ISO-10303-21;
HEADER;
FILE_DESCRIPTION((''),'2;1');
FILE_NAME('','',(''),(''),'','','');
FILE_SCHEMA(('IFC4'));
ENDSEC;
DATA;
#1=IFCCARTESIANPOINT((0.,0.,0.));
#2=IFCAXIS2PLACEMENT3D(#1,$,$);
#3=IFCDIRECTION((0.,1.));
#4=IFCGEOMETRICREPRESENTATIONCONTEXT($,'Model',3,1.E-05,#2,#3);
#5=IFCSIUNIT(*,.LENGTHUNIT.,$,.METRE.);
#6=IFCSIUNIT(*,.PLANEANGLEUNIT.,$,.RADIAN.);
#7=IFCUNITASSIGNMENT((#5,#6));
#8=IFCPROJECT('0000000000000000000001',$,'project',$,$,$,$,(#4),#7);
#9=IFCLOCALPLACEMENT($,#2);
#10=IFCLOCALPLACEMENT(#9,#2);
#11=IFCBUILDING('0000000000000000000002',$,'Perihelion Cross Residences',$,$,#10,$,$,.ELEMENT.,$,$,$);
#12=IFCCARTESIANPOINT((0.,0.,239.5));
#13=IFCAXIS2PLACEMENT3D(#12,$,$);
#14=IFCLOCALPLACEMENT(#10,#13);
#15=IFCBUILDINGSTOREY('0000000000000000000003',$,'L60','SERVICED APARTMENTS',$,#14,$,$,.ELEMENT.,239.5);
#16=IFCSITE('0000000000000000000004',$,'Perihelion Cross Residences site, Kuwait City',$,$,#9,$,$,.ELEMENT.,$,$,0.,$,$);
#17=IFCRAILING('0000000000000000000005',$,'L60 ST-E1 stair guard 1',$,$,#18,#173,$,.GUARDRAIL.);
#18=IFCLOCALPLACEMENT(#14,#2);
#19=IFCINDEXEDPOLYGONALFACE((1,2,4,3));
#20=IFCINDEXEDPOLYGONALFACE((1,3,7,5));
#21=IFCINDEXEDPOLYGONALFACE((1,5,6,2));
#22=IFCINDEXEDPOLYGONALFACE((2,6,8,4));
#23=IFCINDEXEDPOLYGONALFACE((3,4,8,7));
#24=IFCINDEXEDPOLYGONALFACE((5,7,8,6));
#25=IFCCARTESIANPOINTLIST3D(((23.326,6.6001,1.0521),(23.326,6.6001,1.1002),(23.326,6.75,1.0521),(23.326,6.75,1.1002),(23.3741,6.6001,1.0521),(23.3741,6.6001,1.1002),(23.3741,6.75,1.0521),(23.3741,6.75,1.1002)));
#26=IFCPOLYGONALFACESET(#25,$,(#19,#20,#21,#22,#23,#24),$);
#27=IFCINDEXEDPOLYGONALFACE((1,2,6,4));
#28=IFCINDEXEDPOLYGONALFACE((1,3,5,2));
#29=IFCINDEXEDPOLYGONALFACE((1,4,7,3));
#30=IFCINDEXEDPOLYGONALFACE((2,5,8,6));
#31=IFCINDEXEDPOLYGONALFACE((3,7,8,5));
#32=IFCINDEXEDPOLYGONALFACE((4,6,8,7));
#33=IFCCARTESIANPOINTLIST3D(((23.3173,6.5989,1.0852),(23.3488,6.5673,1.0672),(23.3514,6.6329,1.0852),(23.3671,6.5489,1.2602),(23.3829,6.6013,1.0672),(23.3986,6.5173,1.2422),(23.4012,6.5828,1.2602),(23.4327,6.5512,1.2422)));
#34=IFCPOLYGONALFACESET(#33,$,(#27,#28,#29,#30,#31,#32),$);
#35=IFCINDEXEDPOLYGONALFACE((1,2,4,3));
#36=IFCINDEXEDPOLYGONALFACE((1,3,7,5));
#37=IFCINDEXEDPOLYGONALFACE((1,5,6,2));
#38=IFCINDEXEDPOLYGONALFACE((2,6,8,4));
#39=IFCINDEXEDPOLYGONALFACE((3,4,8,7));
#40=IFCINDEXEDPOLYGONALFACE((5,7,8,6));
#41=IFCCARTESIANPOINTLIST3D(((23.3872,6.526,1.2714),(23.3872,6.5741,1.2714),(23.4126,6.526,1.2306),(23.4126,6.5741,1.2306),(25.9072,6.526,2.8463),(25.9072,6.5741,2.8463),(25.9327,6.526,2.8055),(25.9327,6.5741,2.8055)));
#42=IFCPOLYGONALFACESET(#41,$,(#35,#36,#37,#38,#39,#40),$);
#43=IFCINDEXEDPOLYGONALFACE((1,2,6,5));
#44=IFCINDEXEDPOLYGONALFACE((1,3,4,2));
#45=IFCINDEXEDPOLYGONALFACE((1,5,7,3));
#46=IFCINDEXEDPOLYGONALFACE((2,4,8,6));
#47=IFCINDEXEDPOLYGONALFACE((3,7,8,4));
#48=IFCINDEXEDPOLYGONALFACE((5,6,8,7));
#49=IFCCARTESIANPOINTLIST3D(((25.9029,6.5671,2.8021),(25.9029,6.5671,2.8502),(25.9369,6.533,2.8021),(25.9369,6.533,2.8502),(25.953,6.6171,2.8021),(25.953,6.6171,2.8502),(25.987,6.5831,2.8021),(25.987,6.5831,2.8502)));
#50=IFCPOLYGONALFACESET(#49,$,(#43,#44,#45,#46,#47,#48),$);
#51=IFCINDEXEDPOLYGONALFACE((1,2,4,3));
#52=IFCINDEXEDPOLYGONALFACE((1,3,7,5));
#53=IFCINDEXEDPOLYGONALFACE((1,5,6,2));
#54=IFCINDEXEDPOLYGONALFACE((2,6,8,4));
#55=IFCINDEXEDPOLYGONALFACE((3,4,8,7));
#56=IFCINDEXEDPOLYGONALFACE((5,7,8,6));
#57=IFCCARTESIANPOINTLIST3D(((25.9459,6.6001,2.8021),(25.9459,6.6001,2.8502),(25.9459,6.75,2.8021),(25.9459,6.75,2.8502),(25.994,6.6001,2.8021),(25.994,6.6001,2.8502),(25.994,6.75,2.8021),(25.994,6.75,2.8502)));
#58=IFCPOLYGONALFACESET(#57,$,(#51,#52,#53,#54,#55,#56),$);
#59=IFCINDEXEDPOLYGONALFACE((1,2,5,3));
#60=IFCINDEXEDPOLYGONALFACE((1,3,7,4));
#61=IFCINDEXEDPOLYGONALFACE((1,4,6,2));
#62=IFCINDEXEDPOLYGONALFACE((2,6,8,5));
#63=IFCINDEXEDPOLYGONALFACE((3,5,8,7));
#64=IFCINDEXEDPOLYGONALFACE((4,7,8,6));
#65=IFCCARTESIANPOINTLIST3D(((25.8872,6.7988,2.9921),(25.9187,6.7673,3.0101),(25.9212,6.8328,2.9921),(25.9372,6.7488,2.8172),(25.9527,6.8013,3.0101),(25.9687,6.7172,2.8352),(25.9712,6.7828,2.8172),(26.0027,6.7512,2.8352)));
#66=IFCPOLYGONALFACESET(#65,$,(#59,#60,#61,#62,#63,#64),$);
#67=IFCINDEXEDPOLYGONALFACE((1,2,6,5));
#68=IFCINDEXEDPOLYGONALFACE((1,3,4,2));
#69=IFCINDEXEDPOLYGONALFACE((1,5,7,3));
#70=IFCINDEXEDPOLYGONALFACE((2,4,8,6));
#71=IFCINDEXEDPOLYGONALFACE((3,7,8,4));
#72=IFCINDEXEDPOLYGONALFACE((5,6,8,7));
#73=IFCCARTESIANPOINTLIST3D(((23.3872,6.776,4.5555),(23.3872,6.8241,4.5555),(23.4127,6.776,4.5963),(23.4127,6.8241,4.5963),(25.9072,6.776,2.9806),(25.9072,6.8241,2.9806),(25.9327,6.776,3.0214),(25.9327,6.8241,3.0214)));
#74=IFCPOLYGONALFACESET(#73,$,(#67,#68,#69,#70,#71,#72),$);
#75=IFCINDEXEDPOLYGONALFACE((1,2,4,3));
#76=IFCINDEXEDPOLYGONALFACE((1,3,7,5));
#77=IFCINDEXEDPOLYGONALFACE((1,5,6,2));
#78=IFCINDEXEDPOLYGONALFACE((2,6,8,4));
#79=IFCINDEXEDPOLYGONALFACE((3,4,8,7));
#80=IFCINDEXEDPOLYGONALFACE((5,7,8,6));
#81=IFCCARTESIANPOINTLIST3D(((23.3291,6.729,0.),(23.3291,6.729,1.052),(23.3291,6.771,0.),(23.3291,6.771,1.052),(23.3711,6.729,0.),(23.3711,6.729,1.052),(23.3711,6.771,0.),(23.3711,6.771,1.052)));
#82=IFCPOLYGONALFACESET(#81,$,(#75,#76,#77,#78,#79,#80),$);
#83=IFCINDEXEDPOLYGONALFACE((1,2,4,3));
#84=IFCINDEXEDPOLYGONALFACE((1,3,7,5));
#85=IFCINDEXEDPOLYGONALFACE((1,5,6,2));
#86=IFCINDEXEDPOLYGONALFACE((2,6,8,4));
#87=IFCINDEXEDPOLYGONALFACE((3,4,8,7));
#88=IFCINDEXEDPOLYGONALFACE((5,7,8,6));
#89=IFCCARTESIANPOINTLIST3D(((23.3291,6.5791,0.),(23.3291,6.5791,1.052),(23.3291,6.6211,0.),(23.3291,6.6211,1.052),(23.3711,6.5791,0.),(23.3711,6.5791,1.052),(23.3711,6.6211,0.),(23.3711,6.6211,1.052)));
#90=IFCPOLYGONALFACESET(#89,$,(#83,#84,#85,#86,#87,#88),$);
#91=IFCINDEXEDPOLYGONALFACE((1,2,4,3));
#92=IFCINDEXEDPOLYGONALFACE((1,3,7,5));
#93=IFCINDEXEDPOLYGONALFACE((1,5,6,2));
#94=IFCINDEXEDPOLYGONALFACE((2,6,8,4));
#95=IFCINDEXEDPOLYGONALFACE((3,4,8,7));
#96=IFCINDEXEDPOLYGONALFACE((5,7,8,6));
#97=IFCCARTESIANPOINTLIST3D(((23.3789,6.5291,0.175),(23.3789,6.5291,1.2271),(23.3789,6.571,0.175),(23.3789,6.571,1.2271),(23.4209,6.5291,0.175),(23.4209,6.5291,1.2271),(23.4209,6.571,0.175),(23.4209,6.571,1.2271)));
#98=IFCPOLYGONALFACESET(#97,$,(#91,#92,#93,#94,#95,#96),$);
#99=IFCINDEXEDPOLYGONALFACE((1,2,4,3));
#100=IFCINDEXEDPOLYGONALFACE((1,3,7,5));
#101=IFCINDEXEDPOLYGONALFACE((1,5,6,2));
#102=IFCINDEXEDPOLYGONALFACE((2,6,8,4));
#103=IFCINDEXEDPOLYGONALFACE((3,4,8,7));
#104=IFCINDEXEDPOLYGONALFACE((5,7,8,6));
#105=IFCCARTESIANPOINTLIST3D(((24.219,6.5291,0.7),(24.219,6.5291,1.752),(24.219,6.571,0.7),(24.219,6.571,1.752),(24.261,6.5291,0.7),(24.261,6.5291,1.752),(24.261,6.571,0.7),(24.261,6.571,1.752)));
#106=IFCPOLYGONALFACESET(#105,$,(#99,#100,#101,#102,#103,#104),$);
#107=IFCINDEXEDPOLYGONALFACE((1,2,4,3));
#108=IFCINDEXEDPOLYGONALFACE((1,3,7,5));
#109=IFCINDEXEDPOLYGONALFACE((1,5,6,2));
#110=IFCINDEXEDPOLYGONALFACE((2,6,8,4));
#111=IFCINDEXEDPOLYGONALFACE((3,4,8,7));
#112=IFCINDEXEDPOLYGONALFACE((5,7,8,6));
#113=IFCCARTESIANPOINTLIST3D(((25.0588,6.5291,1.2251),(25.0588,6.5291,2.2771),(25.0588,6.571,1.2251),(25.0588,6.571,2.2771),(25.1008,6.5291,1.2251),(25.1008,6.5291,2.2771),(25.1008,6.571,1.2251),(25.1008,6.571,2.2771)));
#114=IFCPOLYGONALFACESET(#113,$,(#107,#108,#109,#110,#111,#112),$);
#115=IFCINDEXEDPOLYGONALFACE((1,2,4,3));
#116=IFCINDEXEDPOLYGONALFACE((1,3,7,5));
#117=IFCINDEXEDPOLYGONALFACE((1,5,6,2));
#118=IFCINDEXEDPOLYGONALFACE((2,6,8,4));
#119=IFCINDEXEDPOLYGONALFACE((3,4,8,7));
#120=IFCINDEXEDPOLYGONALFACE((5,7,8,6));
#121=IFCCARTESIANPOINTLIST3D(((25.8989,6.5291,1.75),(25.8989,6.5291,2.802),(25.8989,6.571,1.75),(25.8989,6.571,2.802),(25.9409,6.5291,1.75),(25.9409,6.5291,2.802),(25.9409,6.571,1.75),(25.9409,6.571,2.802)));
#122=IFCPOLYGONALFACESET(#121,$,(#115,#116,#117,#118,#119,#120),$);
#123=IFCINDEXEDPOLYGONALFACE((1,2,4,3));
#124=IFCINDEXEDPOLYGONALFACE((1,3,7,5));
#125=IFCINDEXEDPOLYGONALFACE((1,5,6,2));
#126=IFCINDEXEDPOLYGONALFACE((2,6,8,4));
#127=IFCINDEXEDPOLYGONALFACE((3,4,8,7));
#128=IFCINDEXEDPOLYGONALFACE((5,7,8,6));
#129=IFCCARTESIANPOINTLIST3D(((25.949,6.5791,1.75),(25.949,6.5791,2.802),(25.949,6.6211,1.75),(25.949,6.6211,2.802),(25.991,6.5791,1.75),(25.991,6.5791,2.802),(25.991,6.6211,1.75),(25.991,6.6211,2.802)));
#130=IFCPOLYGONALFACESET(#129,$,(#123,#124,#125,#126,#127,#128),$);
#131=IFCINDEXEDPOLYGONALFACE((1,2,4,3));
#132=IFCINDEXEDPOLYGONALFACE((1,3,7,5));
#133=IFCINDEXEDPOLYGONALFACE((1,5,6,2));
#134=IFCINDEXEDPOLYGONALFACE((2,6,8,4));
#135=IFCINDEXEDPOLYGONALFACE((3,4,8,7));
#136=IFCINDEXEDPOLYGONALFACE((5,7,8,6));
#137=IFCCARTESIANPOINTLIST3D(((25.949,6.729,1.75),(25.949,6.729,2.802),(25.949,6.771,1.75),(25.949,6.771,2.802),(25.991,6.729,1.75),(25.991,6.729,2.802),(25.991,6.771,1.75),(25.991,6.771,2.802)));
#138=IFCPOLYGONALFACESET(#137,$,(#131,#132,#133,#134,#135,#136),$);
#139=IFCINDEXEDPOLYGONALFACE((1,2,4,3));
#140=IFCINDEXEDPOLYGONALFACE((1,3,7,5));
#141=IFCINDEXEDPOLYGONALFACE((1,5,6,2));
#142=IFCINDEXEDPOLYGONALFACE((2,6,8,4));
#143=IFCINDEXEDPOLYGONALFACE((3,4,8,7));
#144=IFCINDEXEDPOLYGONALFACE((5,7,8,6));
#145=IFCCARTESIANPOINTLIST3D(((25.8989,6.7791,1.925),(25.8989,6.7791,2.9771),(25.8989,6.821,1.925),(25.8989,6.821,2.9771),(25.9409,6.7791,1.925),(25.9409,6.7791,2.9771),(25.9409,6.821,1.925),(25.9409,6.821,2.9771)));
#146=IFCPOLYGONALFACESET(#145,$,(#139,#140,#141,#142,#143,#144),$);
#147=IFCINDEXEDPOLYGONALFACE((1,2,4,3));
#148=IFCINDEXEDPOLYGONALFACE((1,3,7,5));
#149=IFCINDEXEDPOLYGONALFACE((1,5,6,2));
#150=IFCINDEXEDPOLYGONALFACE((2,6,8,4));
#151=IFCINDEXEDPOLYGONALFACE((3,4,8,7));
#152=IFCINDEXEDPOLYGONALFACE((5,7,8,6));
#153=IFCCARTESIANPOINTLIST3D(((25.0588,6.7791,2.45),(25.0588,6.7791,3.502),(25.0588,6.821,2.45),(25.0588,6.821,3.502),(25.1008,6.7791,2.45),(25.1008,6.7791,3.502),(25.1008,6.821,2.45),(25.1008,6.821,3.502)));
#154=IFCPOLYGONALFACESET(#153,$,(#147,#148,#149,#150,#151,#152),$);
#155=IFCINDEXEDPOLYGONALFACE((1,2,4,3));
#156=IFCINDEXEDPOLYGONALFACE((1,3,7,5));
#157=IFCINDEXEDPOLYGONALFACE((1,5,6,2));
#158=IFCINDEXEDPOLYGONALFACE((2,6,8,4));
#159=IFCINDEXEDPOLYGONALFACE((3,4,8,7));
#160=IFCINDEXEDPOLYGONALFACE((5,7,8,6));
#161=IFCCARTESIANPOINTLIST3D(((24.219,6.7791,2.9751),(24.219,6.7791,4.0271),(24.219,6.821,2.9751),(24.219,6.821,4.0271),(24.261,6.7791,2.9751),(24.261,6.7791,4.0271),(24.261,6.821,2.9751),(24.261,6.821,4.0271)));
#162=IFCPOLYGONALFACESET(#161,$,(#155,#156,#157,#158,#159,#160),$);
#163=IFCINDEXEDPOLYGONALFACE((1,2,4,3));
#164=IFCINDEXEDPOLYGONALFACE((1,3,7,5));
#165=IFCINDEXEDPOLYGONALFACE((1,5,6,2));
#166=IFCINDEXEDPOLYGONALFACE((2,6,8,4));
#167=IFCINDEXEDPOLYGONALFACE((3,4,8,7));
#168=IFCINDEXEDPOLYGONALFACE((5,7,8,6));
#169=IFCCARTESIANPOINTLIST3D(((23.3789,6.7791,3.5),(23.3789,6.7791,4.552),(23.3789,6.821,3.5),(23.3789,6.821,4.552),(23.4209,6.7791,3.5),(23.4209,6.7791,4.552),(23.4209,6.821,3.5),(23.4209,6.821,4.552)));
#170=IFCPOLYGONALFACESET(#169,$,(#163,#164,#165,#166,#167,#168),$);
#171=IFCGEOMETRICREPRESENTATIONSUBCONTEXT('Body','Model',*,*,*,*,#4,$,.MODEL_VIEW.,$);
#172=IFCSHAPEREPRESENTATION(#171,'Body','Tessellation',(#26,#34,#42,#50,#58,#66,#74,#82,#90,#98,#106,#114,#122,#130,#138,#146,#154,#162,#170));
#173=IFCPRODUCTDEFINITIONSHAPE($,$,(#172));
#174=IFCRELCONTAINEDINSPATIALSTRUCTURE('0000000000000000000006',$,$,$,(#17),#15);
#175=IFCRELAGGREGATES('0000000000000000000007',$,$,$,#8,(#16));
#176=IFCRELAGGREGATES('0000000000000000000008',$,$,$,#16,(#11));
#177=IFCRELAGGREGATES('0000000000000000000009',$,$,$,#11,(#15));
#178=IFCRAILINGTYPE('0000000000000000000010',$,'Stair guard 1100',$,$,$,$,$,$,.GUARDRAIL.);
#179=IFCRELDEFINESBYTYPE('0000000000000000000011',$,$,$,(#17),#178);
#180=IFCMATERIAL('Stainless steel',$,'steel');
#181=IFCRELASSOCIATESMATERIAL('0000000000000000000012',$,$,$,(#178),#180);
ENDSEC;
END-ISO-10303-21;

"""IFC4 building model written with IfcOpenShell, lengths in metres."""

from ifc_helpers import new_model, si_unit, direction, frame, origin, origin_2d, place, context, subcontext, project, spatial, rectangle, extrude, material, type_object, element, save


model = new_model("IFC4")

# Units and contexts
model_context = context("Model", 3, precision=1e-05, world=origin(), true_north=direction((0.0, 1.0)))
body_context = subcontext(model_context, "Body", "Model", "MODEL_VIEW")
ifc_project = project(units=[si_unit("LENGTHUNIT", "METRE"), si_unit("PLANEANGLEUNIT", "RADIAN")], contexts=[model_context])

# Site, building, storey
site_placement = place(None, origin())
site = spatial("IfcSite", under=ifc_project, at=site_placement, Name="Perihelion Cross Residences site, Kuwait City", CompositionType="ELEMENT", RefElevation=0.0)
building_placement = place(site_placement, origin())
building = spatial("IfcBuilding", under=site, at=building_placement, Name="Perihelion Cross Residences", CompositionType="ELEMENT")
storey_placement = place(building_placement, frame((0.0, 0.0, 239.5)))
storey = spatial("IfcBuildingStorey", under=building, at=storey_placement, Name="L60", Description="SERVICED APARTMENTS", CompositionType="ELEMENT", Elevation=239.5)

# Railing
ifc_material_1 = material(Name="Stainless steel", Category="steel")
railing_type_1 = type_object("IfcRailingType", Name="Stair guard 1100", PredefinedType="GUARDRAIL", material=ifc_material_1)
railing_1_placement = place(storey_placement, frame((23.3501, 6.75, 0.0)))
element("IfcRailing", 1, at=railing_1_placement, inside=storey, type_object=railing_type_1, Name="L60 ST-E1 stair guard 1", PredefinedType="GUARDRAIL", context=body_context, shape_type="SweptSolid", body=[
    extrude(rectangle(XDim=0.0481, YDim=0.0481, at=origin_2d()), frame((0.0, 0.0, 1.0762), z_axis=(0.0, -1.0, 0.0), x_axis=(1.0, 0.0, 0.0)), (0.0, 0.0, 1.0), 0.1499),
    extrude(rectangle(XDim=0.0481, YDim=0.0481, at=origin_2d()), frame((0.0, -0.1499, 1.0762), z_axis=(0.263862, -0.265156, 0.927399), x_axis=(0.708834, 0.705376, 0.0)), (0.0, 0.0, 1.0), 0.1887),
    extrude(rectangle(XDim=0.0481, YDim=0.0481, at=origin_2d()), frame((0.0498, -0.2, 1.251), z_axis=(0.848008, 0.0, 0.529984), x_axis=(0.0, 1.0, 0.0)), (0.0, 0.0, 1.0), 2.9717),
    extrude(rectangle(XDim=0.0481, YDim=0.0481, at=origin_2d()), frame((2.5698, -0.2, 2.8262), z_axis=(0.707107, 0.707107, 0.0), x_axis=(-0.707107, 0.707107, 0.0)), (0.0, 0.0, 1.0), 0.0708),
    extrude(rectangle(XDim=0.0481, YDim=0.0481, at=origin_2d()), frame((2.6199, -0.1499, 2.8262), z_axis=(0.0, 1.0, 0.0), x_axis=(-1.0, 0.0, 0.0)), (0.0, 0.0, 1.0), 0.1499),
    extrude(rectangle(XDim=0.0481, YDim=0.0481, at=origin_2d()), frame((2.6199, 0.0, 2.8262), z_axis=(-0.265065, 0.265065, 0.927082), x_axis=(-0.707107, -0.707107, 0.0)), (0.0, 0.0, 1.0), 0.1887),
    extrude(rectangle(XDim=0.0481, YDim=0.0481, at=origin_2d()), frame((2.5698, 0.05, 3.001), z_axis=(-0.848008, 0.0, 0.529984), x_axis=(0.0, -1.0, 0.0)), (0.0, 0.0, 1.0), 2.9717),
    extrude(rectangle(XDim=0.042, YDim=0.042, at=origin_2d()), origin(), (0.0, 0.0, 1.0), 1.052),
    extrude(rectangle(XDim=0.042, YDim=0.042, at=origin_2d()), frame((0.0, -0.1499, 0.0)), (0.0, 0.0, 1.0), 1.052),
    extrude(rectangle(XDim=0.042, YDim=0.042, at=origin_2d()), frame((0.0498, -0.2, 0.175)), (0.0, 0.0, 1.0), 1.052),
    extrude(rectangle(XDim=0.042, YDim=0.042, at=origin_2d()), frame((0.8899, -0.2, 0.7)), (0.0, 0.0, 1.0), 1.052),
    extrude(rectangle(XDim=0.042, YDim=0.042, at=origin_2d()), frame((1.7297, -0.2, 1.2251)), (0.0, 0.0, 1.0), 1.052),
    extrude(rectangle(XDim=0.042, YDim=0.042, at=origin_2d()), frame((2.5698, -0.2, 1.75)), (0.0, 0.0, 1.0), 1.052),
    extrude(rectangle(XDim=0.042, YDim=0.042, at=origin_2d()), frame((2.6199, -0.1499, 1.75)), (0.0, 0.0, 1.0), 1.052),
    extrude(rectangle(XDim=0.042, YDim=0.042, at=origin_2d()), frame((2.6199, 0.0, 1.75)), (0.0, 0.0, 1.0), 1.052),
    extrude(rectangle(XDim=0.042, YDim=0.042, at=origin_2d()), frame((2.5698, 0.05, 1.925)), (0.0, 0.0, 1.0), 1.052),
    extrude(rectangle(XDim=0.042, YDim=0.042, at=origin_2d()), frame((1.7297, 0.05, 2.45)), (0.0, 0.0, 1.0), 1.052),
    extrude(rectangle(XDim=0.042, YDim=0.042, at=origin_2d()), frame((0.8899, 0.05, 2.9751)), (0.0, 0.0, 1.0), 1.052),
    extrude(rectangle(XDim=0.042, YDim=0.042, at=origin_2d()), frame((0.0498, 0.05, 3.5)), (0.0, 0.0, 1.0), 1.052),
])

save(model, "model.ifc")
